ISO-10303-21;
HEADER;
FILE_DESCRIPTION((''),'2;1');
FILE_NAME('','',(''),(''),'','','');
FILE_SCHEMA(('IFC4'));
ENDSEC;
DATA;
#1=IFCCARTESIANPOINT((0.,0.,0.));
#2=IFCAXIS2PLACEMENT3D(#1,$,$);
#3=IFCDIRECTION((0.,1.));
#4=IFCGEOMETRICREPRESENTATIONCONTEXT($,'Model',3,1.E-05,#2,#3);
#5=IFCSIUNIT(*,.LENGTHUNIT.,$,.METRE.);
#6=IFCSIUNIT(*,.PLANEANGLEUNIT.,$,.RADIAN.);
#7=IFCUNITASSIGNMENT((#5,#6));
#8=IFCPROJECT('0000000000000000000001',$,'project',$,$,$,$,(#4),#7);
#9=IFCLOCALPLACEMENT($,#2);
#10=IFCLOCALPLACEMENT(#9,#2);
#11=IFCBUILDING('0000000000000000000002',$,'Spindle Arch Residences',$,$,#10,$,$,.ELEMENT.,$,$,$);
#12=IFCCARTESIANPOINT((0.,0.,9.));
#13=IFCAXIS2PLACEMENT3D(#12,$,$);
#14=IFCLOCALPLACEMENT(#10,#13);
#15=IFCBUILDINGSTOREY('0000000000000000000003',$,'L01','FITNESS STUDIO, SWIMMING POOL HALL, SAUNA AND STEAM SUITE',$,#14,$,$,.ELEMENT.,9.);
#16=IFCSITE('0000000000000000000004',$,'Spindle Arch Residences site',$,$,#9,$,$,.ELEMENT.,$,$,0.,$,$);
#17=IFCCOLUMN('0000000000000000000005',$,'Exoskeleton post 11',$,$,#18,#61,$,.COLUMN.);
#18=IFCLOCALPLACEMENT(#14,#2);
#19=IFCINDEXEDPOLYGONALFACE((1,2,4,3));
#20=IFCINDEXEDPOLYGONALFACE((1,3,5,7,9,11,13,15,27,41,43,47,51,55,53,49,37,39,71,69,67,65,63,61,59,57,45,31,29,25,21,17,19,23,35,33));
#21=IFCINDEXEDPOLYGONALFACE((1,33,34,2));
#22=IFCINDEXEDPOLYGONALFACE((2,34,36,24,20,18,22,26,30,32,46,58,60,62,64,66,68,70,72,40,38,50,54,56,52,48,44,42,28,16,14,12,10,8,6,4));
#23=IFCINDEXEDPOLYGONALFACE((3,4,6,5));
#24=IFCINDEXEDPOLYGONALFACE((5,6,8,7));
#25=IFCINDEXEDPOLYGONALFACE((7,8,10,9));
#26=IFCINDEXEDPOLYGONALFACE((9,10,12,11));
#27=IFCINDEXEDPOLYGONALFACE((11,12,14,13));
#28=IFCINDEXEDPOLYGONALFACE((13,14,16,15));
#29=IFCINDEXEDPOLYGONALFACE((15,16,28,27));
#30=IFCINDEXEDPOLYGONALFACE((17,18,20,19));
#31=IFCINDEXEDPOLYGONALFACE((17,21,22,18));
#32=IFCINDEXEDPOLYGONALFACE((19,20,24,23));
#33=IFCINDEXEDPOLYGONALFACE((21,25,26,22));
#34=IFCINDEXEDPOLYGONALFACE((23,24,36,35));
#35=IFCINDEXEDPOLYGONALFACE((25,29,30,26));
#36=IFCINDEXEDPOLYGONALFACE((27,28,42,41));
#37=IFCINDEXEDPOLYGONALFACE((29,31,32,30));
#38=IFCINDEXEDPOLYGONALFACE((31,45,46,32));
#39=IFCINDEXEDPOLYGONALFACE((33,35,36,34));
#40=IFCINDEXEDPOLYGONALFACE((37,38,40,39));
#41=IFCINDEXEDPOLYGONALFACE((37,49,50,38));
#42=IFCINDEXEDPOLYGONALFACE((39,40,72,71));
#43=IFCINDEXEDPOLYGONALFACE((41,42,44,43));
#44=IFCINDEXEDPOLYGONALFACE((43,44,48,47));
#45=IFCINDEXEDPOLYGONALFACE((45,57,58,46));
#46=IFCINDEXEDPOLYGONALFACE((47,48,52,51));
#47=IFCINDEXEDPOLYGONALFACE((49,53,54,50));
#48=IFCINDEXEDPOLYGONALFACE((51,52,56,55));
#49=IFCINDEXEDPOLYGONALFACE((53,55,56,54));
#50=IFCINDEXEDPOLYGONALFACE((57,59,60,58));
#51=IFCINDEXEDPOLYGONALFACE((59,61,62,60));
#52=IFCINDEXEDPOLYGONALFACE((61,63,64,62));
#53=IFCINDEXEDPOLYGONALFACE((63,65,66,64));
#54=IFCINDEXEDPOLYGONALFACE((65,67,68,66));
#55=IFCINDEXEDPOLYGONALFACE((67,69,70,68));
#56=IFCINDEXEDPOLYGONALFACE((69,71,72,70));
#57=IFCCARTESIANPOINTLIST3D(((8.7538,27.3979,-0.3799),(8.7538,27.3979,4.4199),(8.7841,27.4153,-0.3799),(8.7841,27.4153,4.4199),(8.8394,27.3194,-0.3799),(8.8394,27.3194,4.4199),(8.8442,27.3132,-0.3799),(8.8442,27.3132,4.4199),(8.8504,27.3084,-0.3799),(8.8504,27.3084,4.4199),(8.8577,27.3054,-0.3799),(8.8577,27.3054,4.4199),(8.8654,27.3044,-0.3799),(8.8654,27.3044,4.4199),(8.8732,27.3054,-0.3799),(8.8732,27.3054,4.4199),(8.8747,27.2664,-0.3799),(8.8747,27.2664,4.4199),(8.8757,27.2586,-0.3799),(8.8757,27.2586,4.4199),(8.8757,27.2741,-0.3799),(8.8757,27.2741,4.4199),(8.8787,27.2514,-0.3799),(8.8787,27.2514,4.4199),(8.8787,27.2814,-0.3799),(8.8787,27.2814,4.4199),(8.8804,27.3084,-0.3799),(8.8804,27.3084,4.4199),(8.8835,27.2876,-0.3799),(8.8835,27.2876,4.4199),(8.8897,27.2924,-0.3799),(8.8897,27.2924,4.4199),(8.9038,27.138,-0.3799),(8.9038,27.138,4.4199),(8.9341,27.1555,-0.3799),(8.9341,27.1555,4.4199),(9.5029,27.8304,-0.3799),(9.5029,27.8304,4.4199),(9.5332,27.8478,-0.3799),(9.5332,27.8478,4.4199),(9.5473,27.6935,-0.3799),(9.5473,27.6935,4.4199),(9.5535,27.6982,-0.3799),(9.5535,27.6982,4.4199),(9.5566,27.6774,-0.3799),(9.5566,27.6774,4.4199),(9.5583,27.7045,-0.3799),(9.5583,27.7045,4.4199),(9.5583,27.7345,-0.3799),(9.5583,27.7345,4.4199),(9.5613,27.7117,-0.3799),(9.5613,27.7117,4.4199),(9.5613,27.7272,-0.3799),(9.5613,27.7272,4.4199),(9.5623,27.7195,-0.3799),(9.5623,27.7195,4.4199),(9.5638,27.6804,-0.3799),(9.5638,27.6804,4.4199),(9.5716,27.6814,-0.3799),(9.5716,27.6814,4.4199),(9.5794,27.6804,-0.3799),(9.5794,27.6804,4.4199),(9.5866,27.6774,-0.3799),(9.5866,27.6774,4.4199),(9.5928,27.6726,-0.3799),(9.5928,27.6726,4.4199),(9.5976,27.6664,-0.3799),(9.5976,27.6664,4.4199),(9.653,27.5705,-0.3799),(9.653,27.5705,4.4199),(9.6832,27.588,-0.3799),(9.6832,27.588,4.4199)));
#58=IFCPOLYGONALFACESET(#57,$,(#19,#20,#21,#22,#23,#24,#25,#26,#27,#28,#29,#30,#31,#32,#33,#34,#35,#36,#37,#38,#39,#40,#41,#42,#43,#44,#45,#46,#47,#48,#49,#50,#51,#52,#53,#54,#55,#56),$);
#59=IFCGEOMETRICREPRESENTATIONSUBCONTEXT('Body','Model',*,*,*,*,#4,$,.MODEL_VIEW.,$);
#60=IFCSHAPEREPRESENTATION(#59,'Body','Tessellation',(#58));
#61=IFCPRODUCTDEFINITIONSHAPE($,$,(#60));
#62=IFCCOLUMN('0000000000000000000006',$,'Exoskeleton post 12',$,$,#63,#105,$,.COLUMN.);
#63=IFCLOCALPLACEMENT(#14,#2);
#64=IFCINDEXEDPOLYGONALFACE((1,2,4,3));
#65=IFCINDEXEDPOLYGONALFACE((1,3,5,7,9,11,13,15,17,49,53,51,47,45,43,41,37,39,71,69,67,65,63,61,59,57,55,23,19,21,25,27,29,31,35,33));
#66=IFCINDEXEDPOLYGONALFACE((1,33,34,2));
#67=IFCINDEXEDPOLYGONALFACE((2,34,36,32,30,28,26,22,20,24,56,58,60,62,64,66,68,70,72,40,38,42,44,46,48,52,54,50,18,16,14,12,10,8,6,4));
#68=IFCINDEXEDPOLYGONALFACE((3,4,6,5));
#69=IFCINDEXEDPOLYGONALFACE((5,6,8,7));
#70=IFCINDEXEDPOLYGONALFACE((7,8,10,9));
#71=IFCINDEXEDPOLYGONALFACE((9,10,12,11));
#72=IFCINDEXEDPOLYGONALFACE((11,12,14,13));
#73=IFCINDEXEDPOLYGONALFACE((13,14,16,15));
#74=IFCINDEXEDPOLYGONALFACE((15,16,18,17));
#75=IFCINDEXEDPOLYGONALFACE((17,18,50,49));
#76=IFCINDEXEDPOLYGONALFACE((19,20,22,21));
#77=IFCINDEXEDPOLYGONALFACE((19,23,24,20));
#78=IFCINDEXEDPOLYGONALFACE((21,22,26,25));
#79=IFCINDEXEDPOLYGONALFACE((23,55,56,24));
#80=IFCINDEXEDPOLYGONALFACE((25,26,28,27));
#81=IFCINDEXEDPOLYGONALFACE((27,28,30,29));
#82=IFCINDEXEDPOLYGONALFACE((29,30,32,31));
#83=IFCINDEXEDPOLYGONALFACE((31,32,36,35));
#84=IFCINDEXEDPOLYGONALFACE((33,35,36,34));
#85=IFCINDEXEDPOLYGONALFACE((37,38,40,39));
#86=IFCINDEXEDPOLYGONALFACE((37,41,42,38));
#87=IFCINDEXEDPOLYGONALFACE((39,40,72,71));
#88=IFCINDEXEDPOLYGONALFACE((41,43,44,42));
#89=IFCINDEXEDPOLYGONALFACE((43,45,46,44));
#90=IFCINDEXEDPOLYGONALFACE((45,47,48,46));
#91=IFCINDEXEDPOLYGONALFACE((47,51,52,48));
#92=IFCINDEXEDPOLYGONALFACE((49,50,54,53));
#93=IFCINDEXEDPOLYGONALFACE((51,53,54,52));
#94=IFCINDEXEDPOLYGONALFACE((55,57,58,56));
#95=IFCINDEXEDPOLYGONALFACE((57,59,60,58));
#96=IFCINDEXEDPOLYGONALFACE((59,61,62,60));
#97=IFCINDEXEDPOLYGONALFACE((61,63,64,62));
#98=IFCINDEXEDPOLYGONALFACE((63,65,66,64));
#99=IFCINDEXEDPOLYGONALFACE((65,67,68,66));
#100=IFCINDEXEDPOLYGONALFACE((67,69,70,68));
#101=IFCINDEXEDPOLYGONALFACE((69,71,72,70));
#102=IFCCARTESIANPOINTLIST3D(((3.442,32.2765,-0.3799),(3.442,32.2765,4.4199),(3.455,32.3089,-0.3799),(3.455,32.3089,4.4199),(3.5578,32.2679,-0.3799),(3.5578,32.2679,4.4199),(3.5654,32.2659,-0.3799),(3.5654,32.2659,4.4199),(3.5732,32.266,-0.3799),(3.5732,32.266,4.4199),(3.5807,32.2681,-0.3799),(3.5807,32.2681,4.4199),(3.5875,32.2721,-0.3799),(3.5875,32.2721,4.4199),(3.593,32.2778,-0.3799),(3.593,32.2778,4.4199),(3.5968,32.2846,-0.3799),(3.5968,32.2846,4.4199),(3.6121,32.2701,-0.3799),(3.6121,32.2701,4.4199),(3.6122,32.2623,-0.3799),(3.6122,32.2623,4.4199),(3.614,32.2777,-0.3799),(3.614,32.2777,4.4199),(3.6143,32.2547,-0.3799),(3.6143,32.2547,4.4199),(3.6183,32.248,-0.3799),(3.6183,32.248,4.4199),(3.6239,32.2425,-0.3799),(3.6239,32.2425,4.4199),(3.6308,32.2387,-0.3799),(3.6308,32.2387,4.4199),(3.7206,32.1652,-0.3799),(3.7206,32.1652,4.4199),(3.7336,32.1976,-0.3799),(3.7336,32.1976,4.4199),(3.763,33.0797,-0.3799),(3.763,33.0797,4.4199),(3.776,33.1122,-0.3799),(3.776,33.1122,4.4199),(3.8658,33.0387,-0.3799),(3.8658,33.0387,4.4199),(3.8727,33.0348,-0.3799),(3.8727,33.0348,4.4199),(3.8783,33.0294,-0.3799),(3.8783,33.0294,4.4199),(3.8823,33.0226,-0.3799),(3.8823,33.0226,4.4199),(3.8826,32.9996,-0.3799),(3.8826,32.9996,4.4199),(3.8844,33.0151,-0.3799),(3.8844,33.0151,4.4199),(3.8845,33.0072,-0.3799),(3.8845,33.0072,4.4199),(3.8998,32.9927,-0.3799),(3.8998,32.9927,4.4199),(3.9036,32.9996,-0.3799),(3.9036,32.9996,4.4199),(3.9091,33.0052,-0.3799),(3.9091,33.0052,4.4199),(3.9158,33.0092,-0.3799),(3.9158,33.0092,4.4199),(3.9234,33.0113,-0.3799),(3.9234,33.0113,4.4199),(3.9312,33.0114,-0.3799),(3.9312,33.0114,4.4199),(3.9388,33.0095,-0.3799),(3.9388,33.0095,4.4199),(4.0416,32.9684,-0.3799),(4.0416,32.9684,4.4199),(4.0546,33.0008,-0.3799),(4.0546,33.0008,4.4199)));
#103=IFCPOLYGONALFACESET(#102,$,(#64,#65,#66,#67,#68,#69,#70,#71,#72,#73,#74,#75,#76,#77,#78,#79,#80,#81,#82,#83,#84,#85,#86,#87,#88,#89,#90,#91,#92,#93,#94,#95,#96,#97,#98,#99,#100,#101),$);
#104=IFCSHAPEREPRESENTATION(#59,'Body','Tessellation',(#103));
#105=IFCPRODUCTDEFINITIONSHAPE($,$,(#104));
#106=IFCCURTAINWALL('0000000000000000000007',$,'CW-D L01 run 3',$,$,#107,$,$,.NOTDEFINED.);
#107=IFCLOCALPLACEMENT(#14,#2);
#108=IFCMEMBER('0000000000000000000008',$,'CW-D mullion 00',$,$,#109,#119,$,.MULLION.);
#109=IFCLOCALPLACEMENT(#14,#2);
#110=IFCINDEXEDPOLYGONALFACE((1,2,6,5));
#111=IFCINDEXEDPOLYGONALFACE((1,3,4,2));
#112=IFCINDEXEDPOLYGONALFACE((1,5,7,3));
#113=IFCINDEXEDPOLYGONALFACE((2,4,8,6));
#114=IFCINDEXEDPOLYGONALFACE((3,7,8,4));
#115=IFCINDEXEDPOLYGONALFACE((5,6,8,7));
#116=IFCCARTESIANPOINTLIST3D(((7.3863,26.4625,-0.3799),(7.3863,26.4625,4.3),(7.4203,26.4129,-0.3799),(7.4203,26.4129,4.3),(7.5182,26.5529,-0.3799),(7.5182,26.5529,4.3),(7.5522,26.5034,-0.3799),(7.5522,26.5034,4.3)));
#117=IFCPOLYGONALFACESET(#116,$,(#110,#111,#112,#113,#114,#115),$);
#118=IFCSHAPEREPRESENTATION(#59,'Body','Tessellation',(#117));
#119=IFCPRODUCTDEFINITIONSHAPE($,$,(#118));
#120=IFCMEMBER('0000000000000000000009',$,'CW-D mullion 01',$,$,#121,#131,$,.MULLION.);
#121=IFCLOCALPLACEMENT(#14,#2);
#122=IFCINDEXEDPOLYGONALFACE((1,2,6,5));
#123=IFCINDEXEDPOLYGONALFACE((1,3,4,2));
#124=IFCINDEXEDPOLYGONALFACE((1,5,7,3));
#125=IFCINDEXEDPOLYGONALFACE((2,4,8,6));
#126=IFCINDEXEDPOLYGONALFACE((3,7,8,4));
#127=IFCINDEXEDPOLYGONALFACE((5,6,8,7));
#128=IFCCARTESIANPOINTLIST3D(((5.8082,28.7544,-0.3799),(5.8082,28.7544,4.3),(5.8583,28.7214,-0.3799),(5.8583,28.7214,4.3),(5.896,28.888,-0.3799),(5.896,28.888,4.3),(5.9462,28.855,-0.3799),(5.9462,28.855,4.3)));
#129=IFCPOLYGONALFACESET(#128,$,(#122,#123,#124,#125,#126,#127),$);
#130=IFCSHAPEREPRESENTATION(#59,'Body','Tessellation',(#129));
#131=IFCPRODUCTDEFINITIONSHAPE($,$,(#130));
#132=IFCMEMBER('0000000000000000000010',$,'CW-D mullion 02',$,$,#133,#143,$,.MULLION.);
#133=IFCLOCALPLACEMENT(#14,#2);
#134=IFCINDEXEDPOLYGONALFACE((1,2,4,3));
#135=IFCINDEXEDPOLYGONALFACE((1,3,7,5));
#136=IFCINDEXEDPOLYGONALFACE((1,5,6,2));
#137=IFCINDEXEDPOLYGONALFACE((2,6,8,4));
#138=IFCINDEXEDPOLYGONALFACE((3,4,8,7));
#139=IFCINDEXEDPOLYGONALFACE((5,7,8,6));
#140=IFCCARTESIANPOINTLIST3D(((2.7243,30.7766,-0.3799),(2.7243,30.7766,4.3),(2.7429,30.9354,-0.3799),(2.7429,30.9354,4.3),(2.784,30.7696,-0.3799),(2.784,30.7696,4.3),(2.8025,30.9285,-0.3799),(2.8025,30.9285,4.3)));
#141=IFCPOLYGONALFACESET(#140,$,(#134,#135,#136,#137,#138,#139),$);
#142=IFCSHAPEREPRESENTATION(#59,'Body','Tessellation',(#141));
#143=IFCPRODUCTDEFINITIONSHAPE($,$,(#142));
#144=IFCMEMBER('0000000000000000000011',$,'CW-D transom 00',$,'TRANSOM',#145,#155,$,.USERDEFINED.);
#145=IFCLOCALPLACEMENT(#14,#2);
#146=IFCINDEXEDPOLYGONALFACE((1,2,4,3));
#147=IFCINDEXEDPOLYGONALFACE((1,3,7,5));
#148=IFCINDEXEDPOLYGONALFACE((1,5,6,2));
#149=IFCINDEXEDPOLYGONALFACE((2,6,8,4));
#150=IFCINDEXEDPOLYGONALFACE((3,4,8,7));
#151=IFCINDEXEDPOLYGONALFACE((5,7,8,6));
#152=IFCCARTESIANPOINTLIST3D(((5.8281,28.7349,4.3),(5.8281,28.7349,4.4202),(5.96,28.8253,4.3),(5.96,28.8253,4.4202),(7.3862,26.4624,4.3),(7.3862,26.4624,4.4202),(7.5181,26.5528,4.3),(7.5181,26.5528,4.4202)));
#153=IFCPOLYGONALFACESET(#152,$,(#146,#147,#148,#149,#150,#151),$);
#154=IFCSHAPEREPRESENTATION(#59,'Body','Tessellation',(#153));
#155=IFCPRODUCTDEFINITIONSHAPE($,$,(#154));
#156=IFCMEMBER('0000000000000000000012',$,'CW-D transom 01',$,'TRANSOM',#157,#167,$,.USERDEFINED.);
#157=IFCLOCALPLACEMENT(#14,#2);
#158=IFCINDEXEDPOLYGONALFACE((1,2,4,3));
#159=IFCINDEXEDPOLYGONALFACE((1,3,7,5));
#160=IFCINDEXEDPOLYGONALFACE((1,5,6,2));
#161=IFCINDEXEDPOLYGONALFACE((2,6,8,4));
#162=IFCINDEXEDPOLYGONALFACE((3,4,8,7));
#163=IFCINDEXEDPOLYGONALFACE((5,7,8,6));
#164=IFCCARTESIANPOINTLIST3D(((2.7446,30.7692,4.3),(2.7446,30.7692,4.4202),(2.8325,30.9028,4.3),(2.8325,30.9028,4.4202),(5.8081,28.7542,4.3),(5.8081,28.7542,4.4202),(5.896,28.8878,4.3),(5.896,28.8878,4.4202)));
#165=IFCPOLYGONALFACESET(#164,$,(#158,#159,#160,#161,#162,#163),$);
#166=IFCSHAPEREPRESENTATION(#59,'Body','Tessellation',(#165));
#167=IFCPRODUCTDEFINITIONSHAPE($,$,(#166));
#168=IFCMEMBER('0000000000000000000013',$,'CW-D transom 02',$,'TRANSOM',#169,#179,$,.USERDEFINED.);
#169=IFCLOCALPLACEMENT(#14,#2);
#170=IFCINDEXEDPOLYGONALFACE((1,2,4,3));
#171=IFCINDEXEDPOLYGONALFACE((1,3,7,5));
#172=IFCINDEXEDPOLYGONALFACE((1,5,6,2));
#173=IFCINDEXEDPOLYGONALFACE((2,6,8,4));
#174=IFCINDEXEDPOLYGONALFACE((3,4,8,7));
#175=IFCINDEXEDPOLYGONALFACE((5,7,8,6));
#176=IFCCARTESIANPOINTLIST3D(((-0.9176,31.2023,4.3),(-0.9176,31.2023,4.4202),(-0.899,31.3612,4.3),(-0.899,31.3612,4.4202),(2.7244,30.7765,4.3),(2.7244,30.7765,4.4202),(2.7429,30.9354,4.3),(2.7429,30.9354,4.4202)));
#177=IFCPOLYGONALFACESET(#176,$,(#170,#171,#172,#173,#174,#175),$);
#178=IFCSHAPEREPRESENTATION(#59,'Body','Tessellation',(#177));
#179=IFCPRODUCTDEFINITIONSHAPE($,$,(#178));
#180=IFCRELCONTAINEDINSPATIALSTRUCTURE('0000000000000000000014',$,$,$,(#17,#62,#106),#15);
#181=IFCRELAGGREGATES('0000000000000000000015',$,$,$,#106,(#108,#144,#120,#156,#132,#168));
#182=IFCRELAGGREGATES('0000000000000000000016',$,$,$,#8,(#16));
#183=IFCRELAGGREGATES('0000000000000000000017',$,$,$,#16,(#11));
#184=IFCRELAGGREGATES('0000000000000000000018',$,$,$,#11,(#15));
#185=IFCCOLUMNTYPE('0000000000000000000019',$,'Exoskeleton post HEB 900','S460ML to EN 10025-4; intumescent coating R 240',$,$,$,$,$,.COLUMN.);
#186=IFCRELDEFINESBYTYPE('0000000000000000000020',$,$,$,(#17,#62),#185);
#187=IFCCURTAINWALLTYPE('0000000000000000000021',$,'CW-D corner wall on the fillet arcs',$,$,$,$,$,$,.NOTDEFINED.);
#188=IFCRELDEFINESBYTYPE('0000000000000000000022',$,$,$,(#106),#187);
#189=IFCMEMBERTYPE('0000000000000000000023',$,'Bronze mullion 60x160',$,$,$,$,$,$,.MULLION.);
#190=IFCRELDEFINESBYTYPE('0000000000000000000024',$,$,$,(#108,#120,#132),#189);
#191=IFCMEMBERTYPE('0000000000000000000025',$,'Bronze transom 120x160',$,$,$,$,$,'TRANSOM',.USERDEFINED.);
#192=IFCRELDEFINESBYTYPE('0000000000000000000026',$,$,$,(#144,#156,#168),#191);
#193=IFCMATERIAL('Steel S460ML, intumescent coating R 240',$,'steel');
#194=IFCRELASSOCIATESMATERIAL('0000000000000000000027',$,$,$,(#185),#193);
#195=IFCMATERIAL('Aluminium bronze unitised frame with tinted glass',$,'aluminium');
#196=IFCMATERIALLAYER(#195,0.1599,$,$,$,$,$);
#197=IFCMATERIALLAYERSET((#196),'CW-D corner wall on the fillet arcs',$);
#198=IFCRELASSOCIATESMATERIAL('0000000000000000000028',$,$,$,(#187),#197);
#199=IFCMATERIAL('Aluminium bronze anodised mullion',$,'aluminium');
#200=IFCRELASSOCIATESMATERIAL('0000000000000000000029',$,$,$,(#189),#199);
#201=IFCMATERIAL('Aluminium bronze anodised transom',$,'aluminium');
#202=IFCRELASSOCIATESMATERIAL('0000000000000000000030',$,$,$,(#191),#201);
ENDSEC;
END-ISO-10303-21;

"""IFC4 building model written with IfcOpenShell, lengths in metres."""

from ifc_helpers import new_model, si_unit, direction, frame, origin, origin_2d, place, context, subcontext, project, spatial, rectangle, i_section, extrude, material, layer, layer_set, material_profile, profile_set, type_object, element, aggregate, save


model = new_model("IFC4")

# Units and contexts
model_context = context("Model", 3, precision=1e-05, world=origin(), true_north=direction((0.0, 1.0)))
body_context = subcontext(model_context, "Body", "Model", "MODEL_VIEW")
ifc_project = project(units=[si_unit("LENGTHUNIT", "METRE"), si_unit("PLANEANGLEUNIT", "RADIAN")], contexts=[model_context])

# Site, building, storey
site_placement = place(None, origin())
site = spatial("IfcSite", under=ifc_project, at=site_placement, Name="Spindle Arch Residences site", CompositionType="ELEMENT", RefElevation=0.0)
building_placement = place(site_placement, origin())
building = spatial("IfcBuilding", under=site, at=building_placement, Name="Spindle Arch Residences", CompositionType="ELEMENT")
storey_placement = place(building_placement, frame((0.0, 0.0, 9.0)))
storey = spatial("IfcBuildingStorey", under=building, at=storey_placement, Name="L01", Description="FITNESS STUDIO, SWIMMING POOL HALL, SAUNA AND STEAM SUITE", CompositionType="ELEMENT", Elevation=9.0)

# Columns
ifc_material_1 = material(Name="Steel S460ML, intumescent coating R 240", Category="steel")
ifc_material_profile_1 = material_profile(ifc_material_1, i_section(OverallWidth=0.3, OverallDepth=0.8999, WebThickness=0.0186, FlangeThickness=0.0349, FilletRadius=0.03, at=origin_2d()), Name="HEB 900")
ifc_profile_set_1 = profile_set([ifc_material_profile_1], Name="Steel S460ML, intumescent coating R 240")
column_type = type_object("IfcColumnType", Name="Exoskeleton post HEB 900", Description="S460ML to EN 10025-4; intumescent coating R 240", PredefinedType="COLUMN", material=ifc_profile_set_1)
for number, where, z_axis, x_axis, name in (
    (1, (9.2185, 27.4929, -0.3799), (0.0, 0.0, 1.0), (0.5, -0.866025, 0.0), "Exoskeleton post 11"),
    (2, (3.7483, 32.6387, -0.3799), (0.0, 0.0, 1.0), (0.92859, -0.371108, 0.0), "Exoskeleton post 12"),
):
    element("IfcColumn", number, at=place(storey_placement, frame(where, z_axis=z_axis, x_axis=x_axis)), inside=storey, type_object=column_type, Name=name, PredefinedType="COLUMN", context=body_context, shape_type="SweptSolid", body=[
        extrude(i_section(OverallWidth=0.3, OverallDepth=0.8999, WebThickness=0.0186, FlangeThickness=0.0349, FilletRadius=0.03, at=origin_2d()), origin(), (0.0, 0.0, 1.0), 4.7998),
    ])

# Curtain wall, members
ifc_material_2 = material(Name="Aluminium bronze unitised frame with tinted glass", Category="aluminium")
ifc_layer_1 = layer(ifc_material_2, 0.1599)
ifc_layer_set_1 = layer_set([ifc_layer_1], Name="CW-D corner wall on the fillet arcs")
curtain_wall_type_1 = type_object("IfcCurtainWallType", Name="CW-D corner wall on the fillet arcs", PredefinedType="NOTDEFINED", material=ifc_layer_set_1)
curtain_wall_1_placement = place(storey_placement, origin())
curtain_wall_1 = element("IfcCurtainWall", 3, at=curtain_wall_1_placement, inside=storey, type_object=curtain_wall_type_1, Name="CW-D L01 run 3", PredefinedType="NOTDEFINED")
ifc_material_3 = material(Name="Aluminium bronze anodised mullion", Category="aluminium")
ifc_material_profile_2 = material_profile(ifc_material_3, rectangle(XDim=0.1599, YDim=0.0601, at=origin_2d()), Name="MU 60x160")
ifc_profile_set_2 = profile_set([ifc_material_profile_2], Name="Aluminium bronze anodised mullion")
member_type_1 = type_object("IfcMemberType", Name="Bronze mullion 60x160", PredefinedType="MULLION", material=ifc_profile_set_2)
member_1_placement = place(storey_placement, frame((7.4692, 26.4829, -0.3799), z_axis=(0.0, 0.0, 1.0), x_axis=(-0.824748, -0.565501, 0.0)))
member_1 = element("IfcMember", 4, at=member_1_placement, type_object=member_type_1, Name="CW-D mullion 00", PredefinedType="MULLION", context=body_context, shape_type="SweptSolid", body=[
    extrude(rectangle(XDim=0.1599, YDim=0.0601, at=origin_2d()), origin(), (0.0, 0.0, 1.0), 4.6799),
])
member_2_placement = place(storey_placement, frame((5.8772, 28.8047, -0.3799), z_axis=(0.0, 0.0, 1.0), x_axis=(-0.549509, -0.835488, 0.0)))
member_2 = element("IfcMember", 5, at=member_2_placement, type_object=member_type_1, Name="CW-D mullion 01", PredefinedType="MULLION", context=body_context, shape_type="SweptSolid", body=[
    extrude(rectangle(XDim=0.1599, YDim=0.0601, at=origin_2d()), origin(), (0.0, 0.0, 1.0), 4.6799),
])
member_3_placement = place(storey_placement, frame((2.7634, 30.8525, -0.3799), z_axis=(0.0, 0.0, 1.0), x_axis=(-0.116093, -0.993238, 0.0)))
member_3 = element("IfcMember", 6, at=member_3_placement, type_object=member_type_1, Name="CW-D mullion 02", PredefinedType="MULLION", context=body_context, shape_type="SweptSolid", body=[
    extrude(rectangle(XDim=0.1599, YDim=0.0601, at=origin_2d()), origin(), (0.0, 0.0, 1.0), 4.6799),
])
ifc_material_4 = material(Name="Aluminium bronze anodised transom", Category="aluminium")
ifc_material_profile_3 = material_profile(ifc_material_4, rectangle(XDim=0.1599, YDim=0.1201, at=origin_2d()), Name="TR 120x160")
ifc_profile_set_3 = profile_set([ifc_material_profile_3], Name="Aluminium bronze anodised transom")
member_type_2 = type_object("IfcMemberType", Name="Bronze transom 120x160", ElementType="TRANSOM", PredefinedType="USERDEFINED", material=ifc_profile_set_3)
member_4_placement = place(storey_placement, frame((7.4521, 26.5076, 4.3601), z_axis=(-0.56549, 0.824755, 0.0), x_axis=(-0.824755, -0.56549, 0.0)))
member_4 = element("IfcMember", 7, at=member_4_placement, type_object=member_type_2, Name="CW-D transom 00", ObjectType="TRANSOM", PredefinedType="USERDEFINED", context=body_context, shape_type="SweptSolid", body=[
    extrude(rectangle(XDim=0.1599, YDim=0.1201, at=origin_2d()), origin(), (0.0, 0.0, 1.0), 2.7554),
])
member_5_placement = place(storey_placement, frame((5.8521, 28.821, 4.3601), z_axis=(-0.835486, 0.549511, 0.0), x_axis=(-0.549511, -0.835486, 0.0)))
member_5 = element("IfcMember", 8, at=member_5_placement, type_object=member_type_2, Name="CW-D transom 01", ObjectType="TRANSOM", PredefinedType="USERDEFINED", context=body_context, shape_type="SweptSolid", body=[
    extrude(rectangle(XDim=0.1599, YDim=0.1201, at=origin_2d()), origin(), (0.0, 0.0, 1.0), 3.6667),
])
member_6_placement = place(storey_placement, frame((2.7336, 30.856, 4.3601), z_axis=(-0.993235, 0.116123, 0.0), x_axis=(-0.116123, -0.993235, 0.0)))
member_6 = element("IfcMember", 9, at=member_6_placement, type_object=member_type_2, Name="CW-D transom 02", ObjectType="TRANSOM", PredefinedType="USERDEFINED", context=body_context, shape_type="SweptSolid", body=[
    extrude(rectangle(XDim=0.1599, YDim=0.1201, at=origin_2d()), origin(), (0.0, 0.0, 1.0), 3.6667),
])

aggregate(curtain_wall_1, [member_1, member_4, member_2, member_5, member_3, member_6])

save(model, "model.ifc")
